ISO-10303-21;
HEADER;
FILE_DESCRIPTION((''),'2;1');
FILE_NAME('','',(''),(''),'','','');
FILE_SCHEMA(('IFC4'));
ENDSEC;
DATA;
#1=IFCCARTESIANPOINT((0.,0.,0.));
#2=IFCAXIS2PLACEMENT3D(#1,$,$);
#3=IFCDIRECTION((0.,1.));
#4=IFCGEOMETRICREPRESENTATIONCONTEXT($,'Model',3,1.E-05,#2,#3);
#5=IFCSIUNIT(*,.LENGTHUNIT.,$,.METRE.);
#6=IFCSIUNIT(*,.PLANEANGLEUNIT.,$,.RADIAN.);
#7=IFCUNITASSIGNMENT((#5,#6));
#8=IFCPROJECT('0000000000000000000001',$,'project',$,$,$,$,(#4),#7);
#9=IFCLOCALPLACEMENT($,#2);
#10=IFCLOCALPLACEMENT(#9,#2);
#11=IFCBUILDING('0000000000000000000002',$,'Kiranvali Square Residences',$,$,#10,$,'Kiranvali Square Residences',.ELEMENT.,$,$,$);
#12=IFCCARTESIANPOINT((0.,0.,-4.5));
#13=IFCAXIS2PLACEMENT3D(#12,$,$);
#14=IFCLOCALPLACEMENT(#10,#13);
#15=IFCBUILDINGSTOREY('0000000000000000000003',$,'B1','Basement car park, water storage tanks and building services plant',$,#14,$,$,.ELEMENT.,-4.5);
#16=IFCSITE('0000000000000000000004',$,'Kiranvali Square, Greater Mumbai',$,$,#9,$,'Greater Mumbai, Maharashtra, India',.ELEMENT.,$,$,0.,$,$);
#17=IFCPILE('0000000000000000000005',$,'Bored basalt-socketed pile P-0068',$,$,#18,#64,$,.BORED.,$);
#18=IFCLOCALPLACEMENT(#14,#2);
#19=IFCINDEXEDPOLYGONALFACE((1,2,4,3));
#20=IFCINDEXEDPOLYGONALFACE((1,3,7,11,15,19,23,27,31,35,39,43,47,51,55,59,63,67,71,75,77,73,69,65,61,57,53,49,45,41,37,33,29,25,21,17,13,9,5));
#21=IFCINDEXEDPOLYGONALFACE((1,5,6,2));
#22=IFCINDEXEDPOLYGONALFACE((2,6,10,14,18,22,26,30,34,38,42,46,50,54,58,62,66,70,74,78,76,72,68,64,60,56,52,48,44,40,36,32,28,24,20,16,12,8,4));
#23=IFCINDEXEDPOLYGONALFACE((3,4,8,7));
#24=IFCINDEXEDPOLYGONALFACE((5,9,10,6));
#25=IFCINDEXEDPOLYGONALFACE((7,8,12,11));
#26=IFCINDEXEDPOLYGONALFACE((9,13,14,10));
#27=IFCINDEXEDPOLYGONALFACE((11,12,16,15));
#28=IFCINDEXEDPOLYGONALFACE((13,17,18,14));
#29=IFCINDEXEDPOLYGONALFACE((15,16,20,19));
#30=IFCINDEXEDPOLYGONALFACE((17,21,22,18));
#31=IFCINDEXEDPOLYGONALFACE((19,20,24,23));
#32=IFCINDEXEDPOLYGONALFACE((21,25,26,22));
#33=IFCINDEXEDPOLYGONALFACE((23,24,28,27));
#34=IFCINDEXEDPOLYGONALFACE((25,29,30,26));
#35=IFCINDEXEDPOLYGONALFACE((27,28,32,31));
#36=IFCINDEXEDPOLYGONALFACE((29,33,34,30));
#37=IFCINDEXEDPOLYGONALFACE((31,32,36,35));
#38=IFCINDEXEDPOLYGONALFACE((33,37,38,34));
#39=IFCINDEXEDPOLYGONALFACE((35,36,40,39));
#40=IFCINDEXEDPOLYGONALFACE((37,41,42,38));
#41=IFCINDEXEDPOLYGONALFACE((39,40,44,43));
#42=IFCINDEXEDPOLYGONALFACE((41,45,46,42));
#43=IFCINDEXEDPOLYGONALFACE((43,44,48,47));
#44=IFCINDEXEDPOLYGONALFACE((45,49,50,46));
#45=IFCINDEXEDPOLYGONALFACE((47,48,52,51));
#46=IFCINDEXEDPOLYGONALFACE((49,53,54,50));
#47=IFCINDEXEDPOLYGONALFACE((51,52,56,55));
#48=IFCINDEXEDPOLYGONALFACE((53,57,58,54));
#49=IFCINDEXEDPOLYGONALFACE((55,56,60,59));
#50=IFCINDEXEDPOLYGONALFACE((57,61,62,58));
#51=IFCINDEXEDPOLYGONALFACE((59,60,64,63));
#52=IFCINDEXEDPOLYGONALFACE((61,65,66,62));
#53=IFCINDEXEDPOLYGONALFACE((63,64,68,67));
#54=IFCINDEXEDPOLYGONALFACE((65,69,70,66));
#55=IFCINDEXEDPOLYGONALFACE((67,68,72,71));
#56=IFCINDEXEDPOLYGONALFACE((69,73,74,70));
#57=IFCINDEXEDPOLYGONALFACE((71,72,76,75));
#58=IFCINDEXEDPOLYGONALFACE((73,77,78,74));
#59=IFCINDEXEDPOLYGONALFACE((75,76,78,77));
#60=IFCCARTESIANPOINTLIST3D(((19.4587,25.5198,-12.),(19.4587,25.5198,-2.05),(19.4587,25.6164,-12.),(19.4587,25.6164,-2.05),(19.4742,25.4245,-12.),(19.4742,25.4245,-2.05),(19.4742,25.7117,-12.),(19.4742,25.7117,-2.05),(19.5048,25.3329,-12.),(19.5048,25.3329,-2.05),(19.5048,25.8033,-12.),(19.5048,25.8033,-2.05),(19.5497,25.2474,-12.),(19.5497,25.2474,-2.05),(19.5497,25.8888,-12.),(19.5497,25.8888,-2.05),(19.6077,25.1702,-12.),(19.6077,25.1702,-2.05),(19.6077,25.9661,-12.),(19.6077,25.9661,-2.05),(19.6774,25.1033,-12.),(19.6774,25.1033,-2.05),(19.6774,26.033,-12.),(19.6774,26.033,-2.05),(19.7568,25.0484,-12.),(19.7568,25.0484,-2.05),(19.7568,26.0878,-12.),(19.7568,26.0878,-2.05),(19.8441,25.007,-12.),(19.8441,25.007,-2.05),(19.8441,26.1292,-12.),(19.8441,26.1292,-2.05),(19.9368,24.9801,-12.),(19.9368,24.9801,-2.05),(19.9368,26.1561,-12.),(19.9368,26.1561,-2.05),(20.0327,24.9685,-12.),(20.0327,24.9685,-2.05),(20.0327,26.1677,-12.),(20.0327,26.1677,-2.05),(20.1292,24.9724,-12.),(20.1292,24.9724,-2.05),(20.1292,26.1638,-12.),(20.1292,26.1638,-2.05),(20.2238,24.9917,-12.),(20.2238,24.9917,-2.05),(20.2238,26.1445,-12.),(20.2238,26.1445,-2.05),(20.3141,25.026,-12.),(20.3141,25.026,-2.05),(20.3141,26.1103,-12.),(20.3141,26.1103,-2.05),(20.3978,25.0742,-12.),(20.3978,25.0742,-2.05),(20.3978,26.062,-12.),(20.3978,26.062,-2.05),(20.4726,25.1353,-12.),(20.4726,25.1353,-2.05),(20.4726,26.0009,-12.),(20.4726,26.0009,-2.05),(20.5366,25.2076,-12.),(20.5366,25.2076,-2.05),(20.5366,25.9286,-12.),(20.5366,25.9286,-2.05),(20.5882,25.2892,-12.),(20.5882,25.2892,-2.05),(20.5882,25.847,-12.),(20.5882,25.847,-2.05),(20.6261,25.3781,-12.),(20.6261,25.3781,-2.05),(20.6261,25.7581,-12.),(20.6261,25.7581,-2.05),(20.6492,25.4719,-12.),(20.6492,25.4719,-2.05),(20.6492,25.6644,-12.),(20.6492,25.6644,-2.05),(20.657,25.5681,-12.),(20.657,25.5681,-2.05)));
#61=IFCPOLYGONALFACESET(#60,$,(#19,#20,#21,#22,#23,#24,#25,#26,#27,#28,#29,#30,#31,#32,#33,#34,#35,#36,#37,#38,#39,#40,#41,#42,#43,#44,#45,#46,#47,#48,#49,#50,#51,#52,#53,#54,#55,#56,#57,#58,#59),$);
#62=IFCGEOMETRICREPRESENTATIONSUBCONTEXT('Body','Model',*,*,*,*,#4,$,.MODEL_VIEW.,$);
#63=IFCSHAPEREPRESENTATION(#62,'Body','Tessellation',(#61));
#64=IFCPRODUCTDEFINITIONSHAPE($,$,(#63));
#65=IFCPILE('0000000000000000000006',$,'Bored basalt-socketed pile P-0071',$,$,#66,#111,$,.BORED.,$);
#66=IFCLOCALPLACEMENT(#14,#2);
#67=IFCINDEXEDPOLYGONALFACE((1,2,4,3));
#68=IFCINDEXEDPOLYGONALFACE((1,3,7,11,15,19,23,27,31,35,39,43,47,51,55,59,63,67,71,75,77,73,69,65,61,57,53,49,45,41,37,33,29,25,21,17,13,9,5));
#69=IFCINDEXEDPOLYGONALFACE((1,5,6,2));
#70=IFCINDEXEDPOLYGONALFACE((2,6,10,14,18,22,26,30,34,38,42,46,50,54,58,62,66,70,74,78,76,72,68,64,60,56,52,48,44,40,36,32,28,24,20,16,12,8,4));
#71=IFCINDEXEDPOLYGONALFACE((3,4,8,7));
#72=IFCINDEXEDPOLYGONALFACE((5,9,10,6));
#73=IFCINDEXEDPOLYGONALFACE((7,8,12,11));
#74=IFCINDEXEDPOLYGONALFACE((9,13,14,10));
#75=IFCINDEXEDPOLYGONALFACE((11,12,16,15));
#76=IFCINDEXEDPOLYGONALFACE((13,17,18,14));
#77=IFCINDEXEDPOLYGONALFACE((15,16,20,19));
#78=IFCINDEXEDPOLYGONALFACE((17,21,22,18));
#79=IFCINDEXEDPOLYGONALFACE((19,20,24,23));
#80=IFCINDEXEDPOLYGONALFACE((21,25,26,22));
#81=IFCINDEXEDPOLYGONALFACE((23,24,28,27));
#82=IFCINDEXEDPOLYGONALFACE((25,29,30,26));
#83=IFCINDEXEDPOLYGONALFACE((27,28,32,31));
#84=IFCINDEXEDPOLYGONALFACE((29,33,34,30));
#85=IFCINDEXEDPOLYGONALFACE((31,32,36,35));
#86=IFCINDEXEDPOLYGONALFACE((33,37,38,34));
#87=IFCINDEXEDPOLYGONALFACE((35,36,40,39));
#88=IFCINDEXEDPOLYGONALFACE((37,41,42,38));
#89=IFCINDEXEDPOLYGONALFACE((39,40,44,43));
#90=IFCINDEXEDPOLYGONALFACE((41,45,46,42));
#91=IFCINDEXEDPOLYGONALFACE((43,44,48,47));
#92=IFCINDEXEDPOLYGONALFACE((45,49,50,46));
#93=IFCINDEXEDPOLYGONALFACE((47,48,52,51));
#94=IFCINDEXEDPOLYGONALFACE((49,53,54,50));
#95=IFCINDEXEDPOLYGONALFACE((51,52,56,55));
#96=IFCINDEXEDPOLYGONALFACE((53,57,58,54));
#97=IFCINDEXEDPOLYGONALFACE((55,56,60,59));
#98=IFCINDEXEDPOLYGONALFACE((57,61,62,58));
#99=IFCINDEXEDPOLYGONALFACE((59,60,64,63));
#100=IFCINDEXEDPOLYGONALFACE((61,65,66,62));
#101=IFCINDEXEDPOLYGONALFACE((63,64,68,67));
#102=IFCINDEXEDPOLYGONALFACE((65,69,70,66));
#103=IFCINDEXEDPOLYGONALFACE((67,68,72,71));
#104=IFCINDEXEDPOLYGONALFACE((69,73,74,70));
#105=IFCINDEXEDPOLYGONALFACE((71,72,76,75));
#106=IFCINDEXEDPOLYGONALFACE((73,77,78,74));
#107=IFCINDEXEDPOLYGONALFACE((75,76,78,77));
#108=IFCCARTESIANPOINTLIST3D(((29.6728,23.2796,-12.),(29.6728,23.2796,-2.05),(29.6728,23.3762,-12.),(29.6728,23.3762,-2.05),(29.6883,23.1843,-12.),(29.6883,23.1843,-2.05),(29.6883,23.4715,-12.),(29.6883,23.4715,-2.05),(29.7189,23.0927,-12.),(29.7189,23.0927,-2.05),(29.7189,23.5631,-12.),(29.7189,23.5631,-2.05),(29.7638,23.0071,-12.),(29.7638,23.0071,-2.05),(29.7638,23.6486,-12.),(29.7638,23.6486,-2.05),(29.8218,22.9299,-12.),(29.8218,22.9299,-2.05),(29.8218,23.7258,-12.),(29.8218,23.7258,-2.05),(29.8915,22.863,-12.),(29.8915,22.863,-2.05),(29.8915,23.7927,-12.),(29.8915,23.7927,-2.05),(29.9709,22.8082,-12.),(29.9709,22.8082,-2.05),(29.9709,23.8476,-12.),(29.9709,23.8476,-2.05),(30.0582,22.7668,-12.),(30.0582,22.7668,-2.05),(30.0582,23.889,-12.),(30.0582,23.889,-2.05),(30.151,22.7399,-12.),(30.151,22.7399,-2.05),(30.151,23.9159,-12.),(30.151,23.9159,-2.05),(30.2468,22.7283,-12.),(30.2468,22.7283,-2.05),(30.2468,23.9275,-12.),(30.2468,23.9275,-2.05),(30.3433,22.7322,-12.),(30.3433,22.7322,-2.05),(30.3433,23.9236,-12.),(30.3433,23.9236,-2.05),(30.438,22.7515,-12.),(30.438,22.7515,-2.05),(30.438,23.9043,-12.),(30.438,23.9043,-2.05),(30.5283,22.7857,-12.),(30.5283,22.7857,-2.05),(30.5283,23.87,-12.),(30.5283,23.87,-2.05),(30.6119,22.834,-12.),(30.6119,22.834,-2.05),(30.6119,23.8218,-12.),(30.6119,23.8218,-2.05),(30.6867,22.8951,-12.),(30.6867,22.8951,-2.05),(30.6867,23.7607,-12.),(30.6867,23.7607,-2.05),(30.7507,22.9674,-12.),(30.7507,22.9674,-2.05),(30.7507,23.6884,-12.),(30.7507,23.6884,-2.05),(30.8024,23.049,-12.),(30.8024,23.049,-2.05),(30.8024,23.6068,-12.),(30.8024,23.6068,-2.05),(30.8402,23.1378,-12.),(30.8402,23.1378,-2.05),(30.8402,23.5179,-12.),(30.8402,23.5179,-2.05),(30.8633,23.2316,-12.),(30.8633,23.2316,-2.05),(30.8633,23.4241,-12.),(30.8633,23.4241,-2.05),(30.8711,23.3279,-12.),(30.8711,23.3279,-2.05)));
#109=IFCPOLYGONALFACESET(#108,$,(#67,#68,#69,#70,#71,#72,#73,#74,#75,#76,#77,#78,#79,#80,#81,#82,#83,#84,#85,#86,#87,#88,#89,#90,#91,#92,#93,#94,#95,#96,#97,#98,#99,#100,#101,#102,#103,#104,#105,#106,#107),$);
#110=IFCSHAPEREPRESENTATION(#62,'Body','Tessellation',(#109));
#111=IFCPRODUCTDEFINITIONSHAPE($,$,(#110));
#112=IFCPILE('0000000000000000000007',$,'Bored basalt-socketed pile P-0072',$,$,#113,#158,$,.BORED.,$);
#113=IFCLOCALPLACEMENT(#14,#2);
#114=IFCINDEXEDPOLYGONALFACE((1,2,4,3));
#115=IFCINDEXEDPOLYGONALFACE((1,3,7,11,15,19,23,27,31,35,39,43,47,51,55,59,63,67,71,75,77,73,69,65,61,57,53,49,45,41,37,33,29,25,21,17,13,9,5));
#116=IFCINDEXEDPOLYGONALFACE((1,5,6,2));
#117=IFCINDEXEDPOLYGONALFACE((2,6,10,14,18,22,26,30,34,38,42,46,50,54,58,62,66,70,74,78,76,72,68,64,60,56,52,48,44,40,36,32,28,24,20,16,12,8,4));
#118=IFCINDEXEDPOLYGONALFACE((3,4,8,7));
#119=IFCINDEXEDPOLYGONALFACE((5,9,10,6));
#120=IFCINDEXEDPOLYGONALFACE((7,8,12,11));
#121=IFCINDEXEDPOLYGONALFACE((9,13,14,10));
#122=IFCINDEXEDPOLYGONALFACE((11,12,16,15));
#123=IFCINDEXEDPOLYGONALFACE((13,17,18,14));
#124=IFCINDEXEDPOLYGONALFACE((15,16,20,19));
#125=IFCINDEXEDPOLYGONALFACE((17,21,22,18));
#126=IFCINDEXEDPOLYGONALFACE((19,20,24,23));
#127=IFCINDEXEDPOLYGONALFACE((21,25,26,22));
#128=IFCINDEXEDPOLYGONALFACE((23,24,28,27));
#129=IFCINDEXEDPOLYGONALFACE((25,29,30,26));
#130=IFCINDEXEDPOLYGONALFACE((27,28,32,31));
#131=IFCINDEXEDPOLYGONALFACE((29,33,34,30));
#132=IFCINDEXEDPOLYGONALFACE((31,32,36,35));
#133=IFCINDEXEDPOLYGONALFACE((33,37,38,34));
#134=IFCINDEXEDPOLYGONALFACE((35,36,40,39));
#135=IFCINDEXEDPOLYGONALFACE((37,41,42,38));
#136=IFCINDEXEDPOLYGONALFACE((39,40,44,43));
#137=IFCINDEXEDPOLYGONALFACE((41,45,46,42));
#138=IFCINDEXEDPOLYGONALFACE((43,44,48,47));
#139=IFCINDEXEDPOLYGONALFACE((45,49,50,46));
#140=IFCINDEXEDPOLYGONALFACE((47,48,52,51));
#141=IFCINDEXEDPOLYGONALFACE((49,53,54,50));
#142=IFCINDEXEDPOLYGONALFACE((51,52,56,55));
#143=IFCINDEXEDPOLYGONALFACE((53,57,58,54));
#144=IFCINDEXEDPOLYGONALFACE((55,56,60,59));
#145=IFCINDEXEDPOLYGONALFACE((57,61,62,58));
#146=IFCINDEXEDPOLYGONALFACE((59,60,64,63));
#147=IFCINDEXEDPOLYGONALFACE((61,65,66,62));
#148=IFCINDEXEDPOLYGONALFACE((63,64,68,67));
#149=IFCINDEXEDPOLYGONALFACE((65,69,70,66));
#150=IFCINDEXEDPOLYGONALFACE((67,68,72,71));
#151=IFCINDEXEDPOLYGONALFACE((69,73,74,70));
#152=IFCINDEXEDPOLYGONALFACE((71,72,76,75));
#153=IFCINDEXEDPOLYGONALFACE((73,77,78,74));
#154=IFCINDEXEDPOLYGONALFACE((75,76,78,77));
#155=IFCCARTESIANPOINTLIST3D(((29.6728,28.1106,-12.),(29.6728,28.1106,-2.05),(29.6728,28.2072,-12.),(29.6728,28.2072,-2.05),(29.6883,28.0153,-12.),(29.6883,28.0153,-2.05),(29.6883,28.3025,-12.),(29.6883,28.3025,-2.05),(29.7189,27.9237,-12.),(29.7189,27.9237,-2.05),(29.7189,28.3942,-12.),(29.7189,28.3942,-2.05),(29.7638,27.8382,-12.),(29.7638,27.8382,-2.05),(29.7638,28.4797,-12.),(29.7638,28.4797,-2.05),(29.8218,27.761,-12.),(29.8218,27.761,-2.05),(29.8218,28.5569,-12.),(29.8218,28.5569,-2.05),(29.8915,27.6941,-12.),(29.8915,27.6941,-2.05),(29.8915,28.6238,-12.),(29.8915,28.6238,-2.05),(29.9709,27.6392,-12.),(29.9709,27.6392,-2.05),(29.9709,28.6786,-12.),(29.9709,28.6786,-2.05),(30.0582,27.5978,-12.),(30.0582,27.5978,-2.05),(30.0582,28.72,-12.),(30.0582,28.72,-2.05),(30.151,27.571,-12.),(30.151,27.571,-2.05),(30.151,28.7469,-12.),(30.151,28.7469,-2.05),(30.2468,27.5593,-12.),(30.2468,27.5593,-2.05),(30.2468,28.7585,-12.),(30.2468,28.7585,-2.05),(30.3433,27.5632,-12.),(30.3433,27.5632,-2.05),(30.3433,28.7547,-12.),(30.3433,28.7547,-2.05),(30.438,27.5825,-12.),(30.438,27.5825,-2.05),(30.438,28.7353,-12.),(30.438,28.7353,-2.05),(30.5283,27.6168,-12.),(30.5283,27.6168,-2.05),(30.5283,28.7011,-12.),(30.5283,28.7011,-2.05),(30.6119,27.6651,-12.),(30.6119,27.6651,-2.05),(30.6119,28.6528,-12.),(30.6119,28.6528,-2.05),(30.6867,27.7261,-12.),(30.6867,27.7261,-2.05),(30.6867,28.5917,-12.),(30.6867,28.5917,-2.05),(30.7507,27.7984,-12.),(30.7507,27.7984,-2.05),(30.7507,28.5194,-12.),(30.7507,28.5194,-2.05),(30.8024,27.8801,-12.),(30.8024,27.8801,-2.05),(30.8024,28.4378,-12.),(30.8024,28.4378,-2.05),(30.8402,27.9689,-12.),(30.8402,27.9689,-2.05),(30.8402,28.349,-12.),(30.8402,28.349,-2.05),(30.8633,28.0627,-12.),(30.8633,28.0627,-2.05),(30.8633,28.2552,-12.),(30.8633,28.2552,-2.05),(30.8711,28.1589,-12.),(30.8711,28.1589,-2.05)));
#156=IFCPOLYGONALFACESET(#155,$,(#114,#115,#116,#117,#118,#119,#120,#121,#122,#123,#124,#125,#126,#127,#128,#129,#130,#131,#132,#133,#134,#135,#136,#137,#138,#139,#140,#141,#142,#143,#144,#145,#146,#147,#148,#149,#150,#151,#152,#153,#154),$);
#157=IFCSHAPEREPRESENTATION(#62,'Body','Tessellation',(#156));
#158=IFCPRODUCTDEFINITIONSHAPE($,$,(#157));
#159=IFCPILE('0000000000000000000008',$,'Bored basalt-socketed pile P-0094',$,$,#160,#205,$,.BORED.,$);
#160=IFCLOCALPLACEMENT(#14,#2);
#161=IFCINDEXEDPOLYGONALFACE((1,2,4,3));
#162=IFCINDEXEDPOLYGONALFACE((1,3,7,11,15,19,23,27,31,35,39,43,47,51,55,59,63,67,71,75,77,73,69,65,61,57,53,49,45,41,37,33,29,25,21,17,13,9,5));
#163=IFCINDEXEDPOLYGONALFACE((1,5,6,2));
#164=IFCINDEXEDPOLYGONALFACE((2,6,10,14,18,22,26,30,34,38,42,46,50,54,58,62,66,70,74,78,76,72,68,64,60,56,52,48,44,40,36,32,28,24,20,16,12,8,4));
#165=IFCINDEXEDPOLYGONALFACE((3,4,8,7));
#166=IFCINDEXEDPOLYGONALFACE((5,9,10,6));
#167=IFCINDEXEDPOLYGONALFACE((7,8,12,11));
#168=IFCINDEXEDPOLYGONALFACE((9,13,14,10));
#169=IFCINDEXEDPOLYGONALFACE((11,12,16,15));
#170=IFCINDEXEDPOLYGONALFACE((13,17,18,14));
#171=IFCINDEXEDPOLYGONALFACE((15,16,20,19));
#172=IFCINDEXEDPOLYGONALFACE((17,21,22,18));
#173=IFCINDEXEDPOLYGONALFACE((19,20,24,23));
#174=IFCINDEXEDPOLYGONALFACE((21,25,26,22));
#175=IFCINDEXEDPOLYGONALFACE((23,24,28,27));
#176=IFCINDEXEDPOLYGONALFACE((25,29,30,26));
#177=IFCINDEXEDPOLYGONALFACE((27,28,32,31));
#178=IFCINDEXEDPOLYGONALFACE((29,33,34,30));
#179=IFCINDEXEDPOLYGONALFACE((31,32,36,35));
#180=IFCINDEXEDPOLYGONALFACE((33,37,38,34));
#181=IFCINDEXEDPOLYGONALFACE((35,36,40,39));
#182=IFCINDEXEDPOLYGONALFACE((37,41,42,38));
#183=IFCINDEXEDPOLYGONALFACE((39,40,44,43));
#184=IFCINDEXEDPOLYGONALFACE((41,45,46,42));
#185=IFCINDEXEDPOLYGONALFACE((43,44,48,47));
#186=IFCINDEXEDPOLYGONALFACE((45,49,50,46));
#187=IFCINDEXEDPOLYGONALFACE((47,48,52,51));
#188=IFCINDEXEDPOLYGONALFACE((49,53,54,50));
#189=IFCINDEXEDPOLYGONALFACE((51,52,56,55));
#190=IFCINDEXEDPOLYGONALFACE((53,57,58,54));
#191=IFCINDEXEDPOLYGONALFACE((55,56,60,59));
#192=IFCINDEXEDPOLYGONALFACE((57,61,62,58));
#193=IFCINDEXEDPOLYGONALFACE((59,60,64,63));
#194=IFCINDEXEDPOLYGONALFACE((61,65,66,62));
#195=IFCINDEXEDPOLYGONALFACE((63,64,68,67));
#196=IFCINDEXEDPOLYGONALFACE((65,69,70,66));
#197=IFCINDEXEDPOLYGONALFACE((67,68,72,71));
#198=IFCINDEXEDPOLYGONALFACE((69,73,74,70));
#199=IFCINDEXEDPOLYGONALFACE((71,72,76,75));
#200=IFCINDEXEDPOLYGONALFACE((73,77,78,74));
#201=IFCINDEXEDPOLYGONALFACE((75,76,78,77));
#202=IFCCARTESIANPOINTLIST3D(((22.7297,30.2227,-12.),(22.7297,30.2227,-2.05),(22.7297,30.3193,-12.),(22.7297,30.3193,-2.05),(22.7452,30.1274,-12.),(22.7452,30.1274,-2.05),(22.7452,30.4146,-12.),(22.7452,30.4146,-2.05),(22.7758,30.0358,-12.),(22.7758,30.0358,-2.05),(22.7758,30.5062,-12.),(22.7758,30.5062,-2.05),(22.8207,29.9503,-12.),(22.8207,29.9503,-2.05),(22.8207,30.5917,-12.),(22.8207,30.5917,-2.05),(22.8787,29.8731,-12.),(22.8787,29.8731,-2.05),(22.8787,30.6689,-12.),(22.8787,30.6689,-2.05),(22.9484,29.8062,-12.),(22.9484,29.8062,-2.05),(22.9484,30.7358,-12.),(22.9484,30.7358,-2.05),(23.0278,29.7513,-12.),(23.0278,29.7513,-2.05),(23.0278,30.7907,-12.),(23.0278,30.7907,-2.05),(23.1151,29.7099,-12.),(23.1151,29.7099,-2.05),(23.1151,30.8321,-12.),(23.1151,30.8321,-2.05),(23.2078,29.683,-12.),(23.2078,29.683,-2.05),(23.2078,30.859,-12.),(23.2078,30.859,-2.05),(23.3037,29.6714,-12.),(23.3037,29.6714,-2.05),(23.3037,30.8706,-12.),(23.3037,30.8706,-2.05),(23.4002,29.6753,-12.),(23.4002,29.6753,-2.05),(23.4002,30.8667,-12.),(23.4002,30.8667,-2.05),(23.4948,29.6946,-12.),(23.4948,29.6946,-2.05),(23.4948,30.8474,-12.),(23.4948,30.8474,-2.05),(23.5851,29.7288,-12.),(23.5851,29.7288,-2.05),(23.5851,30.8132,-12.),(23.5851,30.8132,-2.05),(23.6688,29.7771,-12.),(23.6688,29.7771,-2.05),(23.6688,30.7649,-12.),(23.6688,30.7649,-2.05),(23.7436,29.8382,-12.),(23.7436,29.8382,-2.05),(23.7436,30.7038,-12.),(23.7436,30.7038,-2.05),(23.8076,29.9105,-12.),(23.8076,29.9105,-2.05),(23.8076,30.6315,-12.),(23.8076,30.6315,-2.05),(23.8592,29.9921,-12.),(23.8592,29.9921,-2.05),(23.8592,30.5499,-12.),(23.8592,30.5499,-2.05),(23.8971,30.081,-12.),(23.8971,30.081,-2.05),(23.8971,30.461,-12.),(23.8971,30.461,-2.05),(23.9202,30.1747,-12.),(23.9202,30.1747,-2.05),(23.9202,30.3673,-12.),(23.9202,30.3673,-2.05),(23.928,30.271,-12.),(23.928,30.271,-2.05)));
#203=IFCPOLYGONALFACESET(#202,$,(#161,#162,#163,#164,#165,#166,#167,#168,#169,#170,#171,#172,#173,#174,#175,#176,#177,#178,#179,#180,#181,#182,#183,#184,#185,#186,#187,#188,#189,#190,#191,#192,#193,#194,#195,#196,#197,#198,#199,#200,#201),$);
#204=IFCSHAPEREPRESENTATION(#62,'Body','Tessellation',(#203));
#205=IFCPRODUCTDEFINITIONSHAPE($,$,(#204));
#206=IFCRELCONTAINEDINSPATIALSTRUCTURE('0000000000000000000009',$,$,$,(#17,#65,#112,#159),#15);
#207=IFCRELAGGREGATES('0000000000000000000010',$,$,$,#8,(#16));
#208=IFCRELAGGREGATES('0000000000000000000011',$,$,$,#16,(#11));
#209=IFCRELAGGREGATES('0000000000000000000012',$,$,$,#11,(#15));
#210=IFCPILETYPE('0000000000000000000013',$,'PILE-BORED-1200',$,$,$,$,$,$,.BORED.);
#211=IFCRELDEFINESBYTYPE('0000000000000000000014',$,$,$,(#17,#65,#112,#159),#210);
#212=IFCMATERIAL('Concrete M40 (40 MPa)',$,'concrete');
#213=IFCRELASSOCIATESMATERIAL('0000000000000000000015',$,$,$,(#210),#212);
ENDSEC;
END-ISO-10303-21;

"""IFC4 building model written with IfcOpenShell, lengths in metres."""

from ifc_helpers import new_model, si_unit, direction, frame, origin, origin_2d, place, context, subcontext, project, spatial, circle, extrude, material, material_profile, profile_set, type_object, element, save


model = new_model("IFC4")

# Units and contexts
model_context = context("Model", 3, precision=1e-05, world=origin(), true_north=direction((0.0, 1.0)))
body_context = subcontext(model_context, "Body", "Model", "MODEL_VIEW")
ifc_project = project(units=[si_unit("LENGTHUNIT", "METRE"), si_unit("PLANEANGLEUNIT", "RADIAN")], contexts=[model_context])

# Site, building, storey
site_placement = place(None, origin())
site = spatial("IfcSite", under=ifc_project, at=site_placement, Name="Kiranvali Square, Greater Mumbai", LongName="Greater Mumbai, Maharashtra, India", CompositionType="ELEMENT", RefElevation=0.0)
building_placement = place(site_placement, origin())
building = spatial("IfcBuilding", under=site, at=building_placement, Name="Kiranvali Square Residences", LongName="Kiranvali Square Residences", CompositionType="ELEMENT")
storey_placement = place(building_placement, frame((0.0, 0.0, -4.5)))
storey = spatial("IfcBuildingStorey", under=building, at=storey_placement, Name="B1", Description="Basement car park, water storage tanks and building services plant", CompositionType="ELEMENT", Elevation=-4.5)

# Shared definitions
ifc_material_1 = material(Name="Concrete M40 (40 MPa)", Category="concrete")

# Piles
ifc_material_profile_1 = material_profile(ifc_material_1, circle(Radius=0.6001, at=origin_2d()), Name="BORED PILE 1200")
ifc_profile_set_1 = profile_set([ifc_material_profile_1], Name="Concrete M40 (40 MPa)")
pile_type = type_object("IfcPileType", Name="PILE-BORED-1200", PredefinedType="BORED", material=ifc_profile_set_1)
for number, where, z_axis, x_axis, name in (
    (1, (20.0569, 25.5681, -2.05), (0.0, 0.0, -1.0), (1.0, 0.0, 0.0), "Bored basalt-socketed pile P-0068"),
    (2, (30.271, 23.3279, -2.05), (0.0, 0.0, -1.0), (1.0, 0.0, 0.0), "Bored basalt-socketed pile P-0071"),
    (3, (30.271, 28.1589, -2.05), (0.0, 0.0, -1.0), (1.0, 0.0, 0.0), "Bored basalt-socketed pile P-0072"),
    (4, (23.3279, 30.271, -2.05), (0.0, 0.0, -1.0), (1.0, 0.0, 0.0), "Bored basalt-socketed pile P-0094"),
):
    element("IfcPile", number, at=place(storey_placement, frame(where, z_axis=z_axis, x_axis=x_axis)), inside=storey, type_object=pile_type, Name=name, PredefinedType="BORED", context=body_context, shape_type="SweptSolid", body=[
        extrude(circle(Radius=0.6001, at=origin_2d()), origin(), (0.0, 0.0, 1.0), 9.95),
    ])

save(model, "model.ifc")
